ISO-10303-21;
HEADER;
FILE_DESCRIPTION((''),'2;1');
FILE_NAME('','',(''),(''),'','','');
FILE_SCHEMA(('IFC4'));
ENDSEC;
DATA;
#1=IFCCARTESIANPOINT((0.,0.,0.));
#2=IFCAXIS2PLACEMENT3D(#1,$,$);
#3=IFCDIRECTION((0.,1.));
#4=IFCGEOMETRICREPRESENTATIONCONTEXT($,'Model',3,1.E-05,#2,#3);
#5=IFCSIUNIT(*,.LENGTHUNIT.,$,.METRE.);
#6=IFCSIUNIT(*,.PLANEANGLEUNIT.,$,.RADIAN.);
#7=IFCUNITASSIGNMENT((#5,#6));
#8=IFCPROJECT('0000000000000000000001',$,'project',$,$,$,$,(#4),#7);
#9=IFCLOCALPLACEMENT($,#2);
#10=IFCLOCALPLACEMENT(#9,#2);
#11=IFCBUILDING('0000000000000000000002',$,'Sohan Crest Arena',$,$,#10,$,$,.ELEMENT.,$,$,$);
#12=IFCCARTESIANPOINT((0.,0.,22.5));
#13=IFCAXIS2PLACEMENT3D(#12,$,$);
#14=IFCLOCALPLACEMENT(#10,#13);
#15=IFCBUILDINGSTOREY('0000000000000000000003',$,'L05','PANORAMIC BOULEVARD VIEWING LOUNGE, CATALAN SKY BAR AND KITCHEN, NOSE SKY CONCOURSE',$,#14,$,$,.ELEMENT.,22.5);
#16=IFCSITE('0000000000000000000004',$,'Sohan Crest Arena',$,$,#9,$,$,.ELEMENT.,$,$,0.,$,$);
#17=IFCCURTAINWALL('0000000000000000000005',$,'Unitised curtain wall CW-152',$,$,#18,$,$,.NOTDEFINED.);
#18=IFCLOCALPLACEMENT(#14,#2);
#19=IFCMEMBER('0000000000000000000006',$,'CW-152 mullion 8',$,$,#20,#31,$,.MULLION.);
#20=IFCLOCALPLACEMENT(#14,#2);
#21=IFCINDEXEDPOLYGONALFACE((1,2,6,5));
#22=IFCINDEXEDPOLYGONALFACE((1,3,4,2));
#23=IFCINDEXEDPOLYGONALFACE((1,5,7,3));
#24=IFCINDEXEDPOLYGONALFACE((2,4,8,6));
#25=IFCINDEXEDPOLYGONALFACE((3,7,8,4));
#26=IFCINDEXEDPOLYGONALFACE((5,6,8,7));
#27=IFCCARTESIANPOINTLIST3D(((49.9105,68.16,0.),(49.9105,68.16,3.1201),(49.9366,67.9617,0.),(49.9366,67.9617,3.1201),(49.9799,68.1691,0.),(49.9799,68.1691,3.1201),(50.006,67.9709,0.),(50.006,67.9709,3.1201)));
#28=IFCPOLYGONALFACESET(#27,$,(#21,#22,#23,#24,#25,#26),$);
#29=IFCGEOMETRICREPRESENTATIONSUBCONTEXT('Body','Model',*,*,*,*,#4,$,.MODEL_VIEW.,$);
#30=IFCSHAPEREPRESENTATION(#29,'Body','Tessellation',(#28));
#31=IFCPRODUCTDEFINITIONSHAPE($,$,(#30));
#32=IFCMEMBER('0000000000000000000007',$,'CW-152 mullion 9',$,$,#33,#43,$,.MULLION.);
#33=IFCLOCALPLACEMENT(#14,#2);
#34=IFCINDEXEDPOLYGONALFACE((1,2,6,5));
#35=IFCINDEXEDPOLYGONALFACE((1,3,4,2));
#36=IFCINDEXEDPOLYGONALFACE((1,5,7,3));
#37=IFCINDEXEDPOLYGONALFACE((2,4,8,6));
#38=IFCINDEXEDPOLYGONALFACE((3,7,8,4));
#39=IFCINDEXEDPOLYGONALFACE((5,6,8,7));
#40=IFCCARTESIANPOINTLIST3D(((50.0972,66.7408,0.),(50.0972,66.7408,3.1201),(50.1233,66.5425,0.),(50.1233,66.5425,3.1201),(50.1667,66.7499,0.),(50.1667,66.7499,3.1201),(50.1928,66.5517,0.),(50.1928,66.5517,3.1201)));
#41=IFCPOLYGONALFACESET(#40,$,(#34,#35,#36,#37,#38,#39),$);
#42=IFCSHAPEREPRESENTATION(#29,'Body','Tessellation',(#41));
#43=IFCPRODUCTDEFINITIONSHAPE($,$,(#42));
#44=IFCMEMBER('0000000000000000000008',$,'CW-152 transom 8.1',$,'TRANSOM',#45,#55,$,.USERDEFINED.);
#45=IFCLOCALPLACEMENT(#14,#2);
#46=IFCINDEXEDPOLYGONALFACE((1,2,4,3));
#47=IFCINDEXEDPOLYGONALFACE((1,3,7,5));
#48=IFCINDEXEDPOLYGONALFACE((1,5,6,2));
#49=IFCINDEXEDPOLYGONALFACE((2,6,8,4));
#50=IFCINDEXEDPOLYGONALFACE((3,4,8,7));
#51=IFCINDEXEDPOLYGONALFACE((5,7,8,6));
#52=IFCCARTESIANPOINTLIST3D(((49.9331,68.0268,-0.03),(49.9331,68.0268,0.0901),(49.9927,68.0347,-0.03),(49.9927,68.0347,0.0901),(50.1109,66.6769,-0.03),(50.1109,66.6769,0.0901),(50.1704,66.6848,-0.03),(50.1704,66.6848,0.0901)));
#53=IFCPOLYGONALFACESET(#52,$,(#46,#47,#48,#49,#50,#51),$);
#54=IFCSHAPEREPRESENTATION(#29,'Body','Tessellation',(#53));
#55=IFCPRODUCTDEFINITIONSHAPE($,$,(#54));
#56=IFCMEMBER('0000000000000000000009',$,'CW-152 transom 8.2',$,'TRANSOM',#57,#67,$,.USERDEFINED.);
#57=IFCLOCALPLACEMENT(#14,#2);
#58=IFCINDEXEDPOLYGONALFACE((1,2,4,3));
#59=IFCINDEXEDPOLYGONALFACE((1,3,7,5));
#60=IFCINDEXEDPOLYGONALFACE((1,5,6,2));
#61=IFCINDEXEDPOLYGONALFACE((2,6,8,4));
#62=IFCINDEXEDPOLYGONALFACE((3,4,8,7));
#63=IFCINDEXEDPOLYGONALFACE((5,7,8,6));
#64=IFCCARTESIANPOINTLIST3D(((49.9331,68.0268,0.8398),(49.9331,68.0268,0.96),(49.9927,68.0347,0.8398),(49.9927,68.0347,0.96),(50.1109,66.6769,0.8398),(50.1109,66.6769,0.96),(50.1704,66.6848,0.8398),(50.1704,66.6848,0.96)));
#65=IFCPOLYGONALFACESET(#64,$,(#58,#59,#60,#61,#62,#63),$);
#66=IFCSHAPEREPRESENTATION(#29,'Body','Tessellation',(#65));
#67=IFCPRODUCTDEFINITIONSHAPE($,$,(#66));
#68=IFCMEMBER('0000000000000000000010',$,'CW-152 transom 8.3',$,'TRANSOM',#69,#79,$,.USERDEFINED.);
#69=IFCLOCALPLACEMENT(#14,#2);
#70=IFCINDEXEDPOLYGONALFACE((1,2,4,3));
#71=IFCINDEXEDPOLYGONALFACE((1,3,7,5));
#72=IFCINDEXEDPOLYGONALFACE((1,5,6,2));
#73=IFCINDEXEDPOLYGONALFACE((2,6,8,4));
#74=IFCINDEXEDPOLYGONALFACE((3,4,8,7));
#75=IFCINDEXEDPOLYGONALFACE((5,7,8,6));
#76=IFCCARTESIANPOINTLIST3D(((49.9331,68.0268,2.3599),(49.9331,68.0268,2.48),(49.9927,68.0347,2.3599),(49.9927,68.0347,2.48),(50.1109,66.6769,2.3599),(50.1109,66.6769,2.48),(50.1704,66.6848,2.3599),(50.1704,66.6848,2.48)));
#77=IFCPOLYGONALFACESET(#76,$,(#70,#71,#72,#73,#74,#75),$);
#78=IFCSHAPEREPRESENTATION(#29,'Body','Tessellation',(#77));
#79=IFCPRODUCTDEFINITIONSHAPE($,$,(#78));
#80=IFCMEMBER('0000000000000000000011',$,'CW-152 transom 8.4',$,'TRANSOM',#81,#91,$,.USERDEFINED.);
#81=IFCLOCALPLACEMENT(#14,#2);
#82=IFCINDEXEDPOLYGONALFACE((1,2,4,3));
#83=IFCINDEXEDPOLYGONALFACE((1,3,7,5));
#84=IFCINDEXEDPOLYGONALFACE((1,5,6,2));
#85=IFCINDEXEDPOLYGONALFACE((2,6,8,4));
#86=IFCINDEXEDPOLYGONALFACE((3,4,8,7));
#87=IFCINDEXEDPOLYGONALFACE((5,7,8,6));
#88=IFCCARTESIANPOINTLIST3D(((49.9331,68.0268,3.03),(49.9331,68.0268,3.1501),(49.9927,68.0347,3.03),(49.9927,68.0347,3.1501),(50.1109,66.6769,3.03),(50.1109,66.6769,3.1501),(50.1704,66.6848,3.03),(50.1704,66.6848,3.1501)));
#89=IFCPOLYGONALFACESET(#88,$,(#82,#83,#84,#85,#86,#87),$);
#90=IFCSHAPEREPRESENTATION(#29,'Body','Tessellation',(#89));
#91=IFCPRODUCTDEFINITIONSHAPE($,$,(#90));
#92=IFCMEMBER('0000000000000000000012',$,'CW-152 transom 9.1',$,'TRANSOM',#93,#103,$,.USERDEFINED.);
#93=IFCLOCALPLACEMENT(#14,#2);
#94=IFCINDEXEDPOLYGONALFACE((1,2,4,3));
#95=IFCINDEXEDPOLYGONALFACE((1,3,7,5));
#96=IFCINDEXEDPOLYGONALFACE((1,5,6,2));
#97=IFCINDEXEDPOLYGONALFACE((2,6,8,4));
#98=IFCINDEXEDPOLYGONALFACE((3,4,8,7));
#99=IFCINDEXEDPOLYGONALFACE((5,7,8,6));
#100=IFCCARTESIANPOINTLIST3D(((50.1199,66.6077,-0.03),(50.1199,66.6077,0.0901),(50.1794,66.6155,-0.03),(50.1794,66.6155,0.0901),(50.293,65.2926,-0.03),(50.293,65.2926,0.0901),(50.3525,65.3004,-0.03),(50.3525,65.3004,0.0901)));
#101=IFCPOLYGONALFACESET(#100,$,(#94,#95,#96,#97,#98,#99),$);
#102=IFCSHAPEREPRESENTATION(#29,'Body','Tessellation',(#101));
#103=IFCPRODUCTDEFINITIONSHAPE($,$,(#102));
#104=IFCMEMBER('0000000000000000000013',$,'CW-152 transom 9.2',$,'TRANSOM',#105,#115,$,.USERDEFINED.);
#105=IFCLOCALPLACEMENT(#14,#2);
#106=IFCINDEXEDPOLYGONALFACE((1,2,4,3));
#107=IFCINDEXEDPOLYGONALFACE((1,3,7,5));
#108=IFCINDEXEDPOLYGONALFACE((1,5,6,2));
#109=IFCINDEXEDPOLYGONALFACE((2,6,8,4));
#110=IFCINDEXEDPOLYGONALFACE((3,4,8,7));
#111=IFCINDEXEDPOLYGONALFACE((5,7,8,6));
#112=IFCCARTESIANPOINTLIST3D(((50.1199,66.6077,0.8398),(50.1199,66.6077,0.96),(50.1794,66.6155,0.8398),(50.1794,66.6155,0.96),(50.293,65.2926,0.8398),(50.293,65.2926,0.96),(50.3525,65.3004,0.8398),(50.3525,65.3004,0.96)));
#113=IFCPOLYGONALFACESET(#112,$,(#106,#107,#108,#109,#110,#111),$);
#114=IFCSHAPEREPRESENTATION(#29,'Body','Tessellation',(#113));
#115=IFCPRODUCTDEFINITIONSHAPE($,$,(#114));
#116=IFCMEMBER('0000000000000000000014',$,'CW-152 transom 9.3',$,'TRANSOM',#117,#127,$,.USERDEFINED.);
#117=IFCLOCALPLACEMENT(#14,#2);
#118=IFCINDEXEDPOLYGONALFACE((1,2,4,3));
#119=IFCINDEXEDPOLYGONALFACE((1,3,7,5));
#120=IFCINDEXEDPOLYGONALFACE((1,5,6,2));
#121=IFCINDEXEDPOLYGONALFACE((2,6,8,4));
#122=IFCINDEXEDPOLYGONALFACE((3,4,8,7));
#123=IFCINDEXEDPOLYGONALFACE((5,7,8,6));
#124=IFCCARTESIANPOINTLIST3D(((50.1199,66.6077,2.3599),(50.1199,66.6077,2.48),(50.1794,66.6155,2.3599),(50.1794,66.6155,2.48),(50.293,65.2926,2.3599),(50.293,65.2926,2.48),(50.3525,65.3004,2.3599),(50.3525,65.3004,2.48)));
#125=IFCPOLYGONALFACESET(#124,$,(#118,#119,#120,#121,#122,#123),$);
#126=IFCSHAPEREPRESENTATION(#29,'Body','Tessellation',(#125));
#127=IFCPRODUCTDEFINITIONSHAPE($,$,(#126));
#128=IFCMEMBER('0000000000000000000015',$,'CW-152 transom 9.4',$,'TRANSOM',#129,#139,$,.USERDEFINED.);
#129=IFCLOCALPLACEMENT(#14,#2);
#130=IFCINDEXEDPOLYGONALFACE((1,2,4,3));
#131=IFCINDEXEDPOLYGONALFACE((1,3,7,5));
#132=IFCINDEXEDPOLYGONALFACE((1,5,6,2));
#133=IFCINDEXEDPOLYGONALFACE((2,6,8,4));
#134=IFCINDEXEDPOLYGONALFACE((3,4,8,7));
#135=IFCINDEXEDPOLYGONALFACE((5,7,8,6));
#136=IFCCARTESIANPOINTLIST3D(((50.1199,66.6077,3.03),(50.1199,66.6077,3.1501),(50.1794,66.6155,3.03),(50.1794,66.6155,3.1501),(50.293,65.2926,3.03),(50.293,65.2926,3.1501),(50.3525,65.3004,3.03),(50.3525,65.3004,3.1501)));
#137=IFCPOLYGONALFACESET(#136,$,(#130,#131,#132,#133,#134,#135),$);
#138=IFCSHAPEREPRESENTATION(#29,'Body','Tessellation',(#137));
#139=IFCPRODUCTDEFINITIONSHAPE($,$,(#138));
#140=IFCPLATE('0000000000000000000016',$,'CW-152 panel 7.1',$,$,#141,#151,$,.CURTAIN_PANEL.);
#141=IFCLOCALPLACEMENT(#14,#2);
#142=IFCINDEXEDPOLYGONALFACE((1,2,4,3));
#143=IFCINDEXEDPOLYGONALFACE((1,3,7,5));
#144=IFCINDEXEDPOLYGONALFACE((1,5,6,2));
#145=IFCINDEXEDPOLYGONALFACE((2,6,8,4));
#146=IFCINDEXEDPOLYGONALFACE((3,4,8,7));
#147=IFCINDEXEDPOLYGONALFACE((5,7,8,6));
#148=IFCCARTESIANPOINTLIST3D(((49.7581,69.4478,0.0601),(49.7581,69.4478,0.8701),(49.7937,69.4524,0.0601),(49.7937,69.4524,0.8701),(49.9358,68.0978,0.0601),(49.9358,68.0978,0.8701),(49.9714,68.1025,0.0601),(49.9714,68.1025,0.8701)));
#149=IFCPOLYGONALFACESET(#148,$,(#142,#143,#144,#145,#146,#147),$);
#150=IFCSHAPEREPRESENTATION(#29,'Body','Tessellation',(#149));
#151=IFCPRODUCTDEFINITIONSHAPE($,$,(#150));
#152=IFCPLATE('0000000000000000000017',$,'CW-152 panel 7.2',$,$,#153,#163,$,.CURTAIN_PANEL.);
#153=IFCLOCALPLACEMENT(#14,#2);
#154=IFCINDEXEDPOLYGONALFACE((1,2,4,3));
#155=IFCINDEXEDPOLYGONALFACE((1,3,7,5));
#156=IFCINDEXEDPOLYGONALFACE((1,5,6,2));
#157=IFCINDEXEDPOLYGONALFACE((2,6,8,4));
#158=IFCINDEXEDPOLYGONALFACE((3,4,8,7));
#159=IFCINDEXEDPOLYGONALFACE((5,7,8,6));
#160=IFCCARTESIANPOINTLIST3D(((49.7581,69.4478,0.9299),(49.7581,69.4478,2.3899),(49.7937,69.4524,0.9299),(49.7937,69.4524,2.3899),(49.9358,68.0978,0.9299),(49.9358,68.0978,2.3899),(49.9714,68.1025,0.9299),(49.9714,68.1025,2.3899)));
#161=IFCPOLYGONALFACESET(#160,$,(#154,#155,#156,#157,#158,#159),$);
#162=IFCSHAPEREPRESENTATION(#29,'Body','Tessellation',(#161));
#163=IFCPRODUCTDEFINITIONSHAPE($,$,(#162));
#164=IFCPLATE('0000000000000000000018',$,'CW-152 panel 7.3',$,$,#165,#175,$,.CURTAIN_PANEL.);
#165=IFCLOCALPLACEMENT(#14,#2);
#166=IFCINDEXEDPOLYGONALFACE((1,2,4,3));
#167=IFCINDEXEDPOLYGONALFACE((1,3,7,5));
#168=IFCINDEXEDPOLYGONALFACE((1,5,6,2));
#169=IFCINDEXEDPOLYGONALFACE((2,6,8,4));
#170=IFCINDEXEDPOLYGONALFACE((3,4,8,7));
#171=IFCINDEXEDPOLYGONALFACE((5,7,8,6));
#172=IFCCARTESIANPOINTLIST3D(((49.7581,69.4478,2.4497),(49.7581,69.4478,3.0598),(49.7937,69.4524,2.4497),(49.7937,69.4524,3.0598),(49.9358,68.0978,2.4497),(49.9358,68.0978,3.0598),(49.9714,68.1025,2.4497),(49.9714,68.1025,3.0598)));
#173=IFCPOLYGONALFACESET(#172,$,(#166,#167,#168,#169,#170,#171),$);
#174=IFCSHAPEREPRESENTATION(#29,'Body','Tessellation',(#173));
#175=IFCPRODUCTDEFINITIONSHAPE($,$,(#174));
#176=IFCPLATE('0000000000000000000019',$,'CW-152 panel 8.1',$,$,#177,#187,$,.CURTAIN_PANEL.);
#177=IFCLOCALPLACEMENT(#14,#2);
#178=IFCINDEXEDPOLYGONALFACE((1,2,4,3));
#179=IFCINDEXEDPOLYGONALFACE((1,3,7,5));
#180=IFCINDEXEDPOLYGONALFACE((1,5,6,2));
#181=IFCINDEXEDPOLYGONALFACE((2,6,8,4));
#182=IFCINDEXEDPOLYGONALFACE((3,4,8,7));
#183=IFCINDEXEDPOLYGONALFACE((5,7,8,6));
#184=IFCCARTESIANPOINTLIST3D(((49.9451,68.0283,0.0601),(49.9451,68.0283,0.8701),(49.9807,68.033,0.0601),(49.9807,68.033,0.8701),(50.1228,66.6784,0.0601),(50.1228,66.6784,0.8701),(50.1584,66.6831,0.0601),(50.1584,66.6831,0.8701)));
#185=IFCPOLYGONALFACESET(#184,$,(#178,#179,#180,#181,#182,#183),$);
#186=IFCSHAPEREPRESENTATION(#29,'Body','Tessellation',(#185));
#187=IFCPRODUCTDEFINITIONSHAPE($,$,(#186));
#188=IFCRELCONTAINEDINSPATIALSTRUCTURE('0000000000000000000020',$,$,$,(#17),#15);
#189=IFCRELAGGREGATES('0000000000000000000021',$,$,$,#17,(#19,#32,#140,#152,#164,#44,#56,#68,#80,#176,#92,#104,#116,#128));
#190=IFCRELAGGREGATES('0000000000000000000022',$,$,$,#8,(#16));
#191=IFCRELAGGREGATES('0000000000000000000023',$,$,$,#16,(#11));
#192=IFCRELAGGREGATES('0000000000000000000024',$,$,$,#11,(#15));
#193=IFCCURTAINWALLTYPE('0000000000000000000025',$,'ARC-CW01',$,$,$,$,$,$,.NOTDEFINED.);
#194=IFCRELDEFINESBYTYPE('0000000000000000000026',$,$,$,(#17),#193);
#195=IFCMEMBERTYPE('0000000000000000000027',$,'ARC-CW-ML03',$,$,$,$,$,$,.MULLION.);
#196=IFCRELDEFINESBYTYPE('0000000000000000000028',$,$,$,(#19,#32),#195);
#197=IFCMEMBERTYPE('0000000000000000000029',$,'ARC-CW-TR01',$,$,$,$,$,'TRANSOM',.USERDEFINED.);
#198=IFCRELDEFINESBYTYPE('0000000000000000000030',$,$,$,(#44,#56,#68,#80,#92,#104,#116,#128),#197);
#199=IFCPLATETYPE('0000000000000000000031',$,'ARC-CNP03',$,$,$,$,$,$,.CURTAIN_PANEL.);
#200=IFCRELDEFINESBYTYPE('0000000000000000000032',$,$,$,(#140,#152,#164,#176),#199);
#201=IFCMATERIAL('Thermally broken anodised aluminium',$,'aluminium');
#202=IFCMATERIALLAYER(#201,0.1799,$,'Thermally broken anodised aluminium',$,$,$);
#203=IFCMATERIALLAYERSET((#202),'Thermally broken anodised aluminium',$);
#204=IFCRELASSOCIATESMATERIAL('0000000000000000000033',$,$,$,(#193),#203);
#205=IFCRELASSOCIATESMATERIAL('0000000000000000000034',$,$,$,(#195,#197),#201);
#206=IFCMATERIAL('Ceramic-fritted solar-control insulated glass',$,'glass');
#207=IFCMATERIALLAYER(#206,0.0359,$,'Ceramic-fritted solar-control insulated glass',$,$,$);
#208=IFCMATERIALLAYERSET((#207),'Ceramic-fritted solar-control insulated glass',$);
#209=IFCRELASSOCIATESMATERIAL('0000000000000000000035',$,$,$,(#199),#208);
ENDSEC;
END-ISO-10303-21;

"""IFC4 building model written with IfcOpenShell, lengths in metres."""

from ifc_helpers import new_model, si_unit, direction, frame, origin, origin_2d, place, context, subcontext, project, spatial, rectangle, extrude, material, layer, layer_set, material_profile, profile_set, type_object, element, aggregate, save


model = new_model("IFC4")

# Units and contexts
model_context = context("Model", 3, precision=1e-05, world=origin(), true_north=direction((0.0, 1.0)))
body_context = subcontext(model_context, "Body", "Model", "MODEL_VIEW")
ifc_project = project(units=[si_unit("LENGTHUNIT", "METRE"), si_unit("PLANEANGLEUNIT", "RADIAN")], contexts=[model_context])

# Site, building, storey
site_placement = place(None, origin())
site = spatial("IfcSite", under=ifc_project, at=site_placement, Name="Sohan Crest Arena", CompositionType="ELEMENT", RefElevation=0.0)
building_placement = place(site_placement, origin())
building = spatial("IfcBuilding", under=site, at=building_placement, Name="Sohan Crest Arena", CompositionType="ELEMENT")
storey_placement = place(building_placement, frame((0.0, 0.0, 22.5)))
storey = spatial("IfcBuildingStorey", under=building, at=storey_placement, Name="L05", Description="PANORAMIC BOULEVARD VIEWING LOUNGE, CATALAN SKY BAR AND KITCHEN, NOSE SKY CONCOURSE", CompositionType="ELEMENT", Elevation=22.5)

# Curtain wall, members, plates
ifc_material_1 = material(Name="Thermally broken anodised aluminium", Category="aluminium")
ifc_layer_1 = layer(ifc_material_1, 0.1799, Name="Thermally broken anodised aluminium")
ifc_layer_set_1 = layer_set([ifc_layer_1], Name="Thermally broken anodised aluminium")
curtain_wall_type = type_object("IfcCurtainWallType", Name="ARC-CW01", PredefinedType="NOTDEFINED", material=ifc_layer_set_1)
curtain_wall_placement = place(storey_placement, origin())
curtain_wall = element("IfcCurtainWall", 1, at=curtain_wall_placement, inside=storey, type_object=curtain_wall_type, Name="Unitised curtain wall CW-152", PredefinedType="NOTDEFINED")
ifc_material_profile_1 = material_profile(ifc_material_1, rectangle(XDim=0.0701, YDim=0.2, at=origin_2d()), Name="ALU-MULL 70x200")
ifc_profile_set_1 = profile_set([ifc_material_profile_1], Name="Thermally broken anodised aluminium")
member_type_1 = type_object("IfcMemberType", Name="ARC-CW-ML03", PredefinedType="MULLION", material=ifc_profile_set_1)
member_1_placement = place(storey_placement, frame((49.9583, 68.0654, 0.0), z_axis=(0.0, 0.0, 1.0), x_axis=(0.991441, 0.130557, 0.0)))
member_1 = element("IfcMember", 2, at=member_1_placement, type_object=member_type_1, Name="CW-152 mullion 8", PredefinedType="MULLION", context=body_context, shape_type="SweptSolid", body=[
    extrude(rectangle(XDim=0.0701, YDim=0.2, at=origin_2d()), origin(), (0.0, 0.0, 1.0), 3.1201),
])
member_2_placement = place(storey_placement, frame((50.145, 66.6462, 0.0), z_axis=(0.0, 0.0, 1.0), x_axis=(0.991441, 0.130557, 0.0)))
member_2 = element("IfcMember", 3, at=member_2_placement, type_object=member_type_1, Name="CW-152 mullion 9", PredefinedType="MULLION", context=body_context, shape_type="SweptSolid", body=[
    extrude(rectangle(XDim=0.0701, YDim=0.2, at=origin_2d()), origin(), (0.0, 0.0, 1.0), 3.1201),
])
ifc_material_profile_2 = material_profile(ifc_material_1, rectangle(XDim=0.0601, YDim=0.1201, at=origin_2d()), Name="ALU-TRAN 60x120")
ifc_profile_set_2 = profile_set([ifc_material_profile_2], Name="Thermally broken anodised aluminium")
member_type_2 = type_object("IfcMemberType", Name="ARC-CW-TR01", ElementType="TRANSOM", PredefinedType="USERDEFINED", material=ifc_profile_set_2)
member_3_placement = place(storey_placement, frame((49.9629, 68.0308, 0.03), z_axis=(0.130543, -0.991443, 0.0), x_axis=(0.991443, 0.130543, 0.0)))
member_3 = element("IfcMember", 4, at=member_3_placement, type_object=member_type_2, Name="CW-152 transom 8.1", ObjectType="TRANSOM", PredefinedType="USERDEFINED", context=body_context, shape_type="SweptSolid", body=[
    extrude(rectangle(XDim=0.0601, YDim=0.1201, at=origin_2d()), origin(), (0.0, 0.0, 1.0), 1.3616),
])
member_4_placement = place(storey_placement, frame((49.9629, 68.0308, 0.8999), z_axis=(0.130543, -0.991443, 0.0), x_axis=(0.991443, 0.130543, 0.0)))
member_4 = element("IfcMember", 5, at=member_4_placement, type_object=member_type_2, Name="CW-152 transom 8.2", ObjectType="TRANSOM", PredefinedType="USERDEFINED", context=body_context, shape_type="SweptSolid", body=[
    extrude(rectangle(XDim=0.0601, YDim=0.1201, at=origin_2d()), origin(), (0.0, 0.0, 1.0), 1.3616),
])
member_5_placement = place(storey_placement, frame((49.9629, 68.0308, 2.4199), z_axis=(0.130543, -0.991443, 0.0), x_axis=(0.991443, 0.130543, 0.0)))
member_5 = element("IfcMember", 6, at=member_5_placement, type_object=member_type_2, Name="CW-152 transom 8.3", ObjectType="TRANSOM", PredefinedType="USERDEFINED", context=body_context, shape_type="SweptSolid", body=[
    extrude(rectangle(XDim=0.0601, YDim=0.1201, at=origin_2d()), origin(), (0.0, 0.0, 1.0), 1.3616),
])
member_6_placement = place(storey_placement, frame((49.9629, 68.0308, 3.0901), z_axis=(0.130543, -0.991443, 0.0), x_axis=(0.991443, 0.130543, 0.0)))
member_6 = element("IfcMember", 7, at=member_6_placement, type_object=member_type_2, Name="CW-152 transom 8.4", ObjectType="TRANSOM", PredefinedType="USERDEFINED", context=body_context, shape_type="SweptSolid", body=[
    extrude(rectangle(XDim=0.0601, YDim=0.1201, at=origin_2d()), origin(), (0.0, 0.0, 1.0), 1.3616),
])
member_7_placement = place(storey_placement, frame((50.1497, 66.6116, 0.03), z_axis=(0.130488, -0.99145, 0.0), x_axis=(0.99145, 0.130488, 0.0)))
member_7 = element("IfcMember", 8, at=member_7_placement, type_object=member_type_2, Name="CW-152 transom 9.1", ObjectType="TRANSOM", PredefinedType="USERDEFINED", context=body_context, shape_type="SweptSolid", body=[
    extrude(rectangle(XDim=0.0601, YDim=0.1201, at=origin_2d()), origin(), (0.0, 0.0, 1.0), 1.3264),
])
member_8_placement = place(storey_placement, frame((50.1497, 66.6116, 0.8999), z_axis=(0.130488, -0.99145, 0.0), x_axis=(0.99145, 0.130488, 0.0)))
member_8 = element("IfcMember", 9, at=member_8_placement, type_object=member_type_2, Name="CW-152 transom 9.2", ObjectType="TRANSOM", PredefinedType="USERDEFINED", context=body_context, shape_type="SweptSolid", body=[
    extrude(rectangle(XDim=0.0601, YDim=0.1201, at=origin_2d()), origin(), (0.0, 0.0, 1.0), 1.3264),
])
member_9_placement = place(storey_placement, frame((50.1497, 66.6116, 2.4199), z_axis=(0.130488, -0.99145, 0.0), x_axis=(0.99145, 0.130488, 0.0)))
member_9 = element("IfcMember", 10, at=member_9_placement, type_object=member_type_2, Name="CW-152 transom 9.3", ObjectType="TRANSOM", PredefinedType="USERDEFINED", context=body_context, shape_type="SweptSolid", body=[
    extrude(rectangle(XDim=0.0601, YDim=0.1201, at=origin_2d()), origin(), (0.0, 0.0, 1.0), 1.3264),
])
member_10_placement = place(storey_placement, frame((50.1497, 66.6116, 3.0901), z_axis=(0.130488, -0.99145, 0.0), x_axis=(0.99145, 0.130488, 0.0)))
member_10 = element("IfcMember", 11, at=member_10_placement, type_object=member_type_2, Name="CW-152 transom 9.4", ObjectType="TRANSOM", PredefinedType="USERDEFINED", context=body_context, shape_type="SweptSolid", body=[
    extrude(rectangle(XDim=0.0601, YDim=0.1201, at=origin_2d()), origin(), (0.0, 0.0, 1.0), 1.3264),
])
ifc_material_2 = material(Name="Ceramic-fritted solar-control insulated glass", Category="glass")
ifc_layer_2 = layer(ifc_material_2, 0.0359, Name="Ceramic-fritted solar-control insulated glass")
ifc_layer_set_2 = layer_set([ifc_layer_2], Name="Ceramic-fritted solar-control insulated glass")
plate_type = type_object("IfcPlateType", Name="ARC-CNP03", PredefinedType="CURTAIN_PANEL", material=ifc_layer_set_2)
plate_1_placement = place(storey_placement, frame((49.8647, 68.7751, 0.0601), z_axis=(0.0, 0.0, 1.0), x_axis=(0.130557, -0.991441, 0.0)))
plate_1 = element("IfcPlate", 12, at=plate_1_placement, type_object=plate_type, Name="CW-152 panel 7.1", PredefinedType="CURTAIN_PANEL", context=body_context, shape_type="SweptSolid", body=[
    extrude(rectangle(XDim=1.3616, YDim=0.0359, at=origin_2d()), origin(), (0.0, 0.0, 1.0), 0.8101),
])
plate_2_placement = place(storey_placement, frame((49.8647, 68.7751, 0.9299), z_axis=(0.0, 0.0, 1.0), x_axis=(0.130557, -0.991441, 0.0)))
plate_2 = element("IfcPlate", 13, at=plate_2_placement, type_object=plate_type, Name="CW-152 panel 7.2", PredefinedType="CURTAIN_PANEL", context=body_context, shape_type="SweptSolid", body=[
    extrude(rectangle(XDim=1.3616, YDim=0.0359, at=origin_2d()), origin(), (0.0, 0.0, 1.0), 1.46),
])
plate_3_placement = place(storey_placement, frame((49.8647, 68.7751, 2.4497), z_axis=(0.0, 0.0, 1.0), x_axis=(0.130557, -0.991441, 0.0)))
plate_3 = element("IfcPlate", 14, at=plate_3_placement, type_object=plate_type, Name="CW-152 panel 7.3", PredefinedType="CURTAIN_PANEL", context=body_context, shape_type="SweptSolid", body=[
    extrude(rectangle(XDim=1.3616, YDim=0.0359, at=origin_2d()), origin(), (0.0, 0.0, 1.0), 0.6101),
])
plate_4_placement = place(storey_placement, frame((50.0518, 67.3557, 0.0601), z_axis=(0.0, 0.0, 1.0), x_axis=(0.130557, -0.991441, 0.0)))
plate_4 = element("IfcPlate", 15, at=plate_4_placement, type_object=plate_type, Name="CW-152 panel 8.1", PredefinedType="CURTAIN_PANEL", context=body_context, shape_type="SweptSolid", body=[
    extrude(rectangle(XDim=1.3616, YDim=0.0359, at=origin_2d()), origin(), (0.0, 0.0, 1.0), 0.8101),
])
aggregate(curtain_wall, [member_1, member_2, plate_1, plate_2, plate_3, member_3, member_4, member_5, member_6, plate_4, member_7, member_8, member_9, member_10])

save(model, "model.ifc")
